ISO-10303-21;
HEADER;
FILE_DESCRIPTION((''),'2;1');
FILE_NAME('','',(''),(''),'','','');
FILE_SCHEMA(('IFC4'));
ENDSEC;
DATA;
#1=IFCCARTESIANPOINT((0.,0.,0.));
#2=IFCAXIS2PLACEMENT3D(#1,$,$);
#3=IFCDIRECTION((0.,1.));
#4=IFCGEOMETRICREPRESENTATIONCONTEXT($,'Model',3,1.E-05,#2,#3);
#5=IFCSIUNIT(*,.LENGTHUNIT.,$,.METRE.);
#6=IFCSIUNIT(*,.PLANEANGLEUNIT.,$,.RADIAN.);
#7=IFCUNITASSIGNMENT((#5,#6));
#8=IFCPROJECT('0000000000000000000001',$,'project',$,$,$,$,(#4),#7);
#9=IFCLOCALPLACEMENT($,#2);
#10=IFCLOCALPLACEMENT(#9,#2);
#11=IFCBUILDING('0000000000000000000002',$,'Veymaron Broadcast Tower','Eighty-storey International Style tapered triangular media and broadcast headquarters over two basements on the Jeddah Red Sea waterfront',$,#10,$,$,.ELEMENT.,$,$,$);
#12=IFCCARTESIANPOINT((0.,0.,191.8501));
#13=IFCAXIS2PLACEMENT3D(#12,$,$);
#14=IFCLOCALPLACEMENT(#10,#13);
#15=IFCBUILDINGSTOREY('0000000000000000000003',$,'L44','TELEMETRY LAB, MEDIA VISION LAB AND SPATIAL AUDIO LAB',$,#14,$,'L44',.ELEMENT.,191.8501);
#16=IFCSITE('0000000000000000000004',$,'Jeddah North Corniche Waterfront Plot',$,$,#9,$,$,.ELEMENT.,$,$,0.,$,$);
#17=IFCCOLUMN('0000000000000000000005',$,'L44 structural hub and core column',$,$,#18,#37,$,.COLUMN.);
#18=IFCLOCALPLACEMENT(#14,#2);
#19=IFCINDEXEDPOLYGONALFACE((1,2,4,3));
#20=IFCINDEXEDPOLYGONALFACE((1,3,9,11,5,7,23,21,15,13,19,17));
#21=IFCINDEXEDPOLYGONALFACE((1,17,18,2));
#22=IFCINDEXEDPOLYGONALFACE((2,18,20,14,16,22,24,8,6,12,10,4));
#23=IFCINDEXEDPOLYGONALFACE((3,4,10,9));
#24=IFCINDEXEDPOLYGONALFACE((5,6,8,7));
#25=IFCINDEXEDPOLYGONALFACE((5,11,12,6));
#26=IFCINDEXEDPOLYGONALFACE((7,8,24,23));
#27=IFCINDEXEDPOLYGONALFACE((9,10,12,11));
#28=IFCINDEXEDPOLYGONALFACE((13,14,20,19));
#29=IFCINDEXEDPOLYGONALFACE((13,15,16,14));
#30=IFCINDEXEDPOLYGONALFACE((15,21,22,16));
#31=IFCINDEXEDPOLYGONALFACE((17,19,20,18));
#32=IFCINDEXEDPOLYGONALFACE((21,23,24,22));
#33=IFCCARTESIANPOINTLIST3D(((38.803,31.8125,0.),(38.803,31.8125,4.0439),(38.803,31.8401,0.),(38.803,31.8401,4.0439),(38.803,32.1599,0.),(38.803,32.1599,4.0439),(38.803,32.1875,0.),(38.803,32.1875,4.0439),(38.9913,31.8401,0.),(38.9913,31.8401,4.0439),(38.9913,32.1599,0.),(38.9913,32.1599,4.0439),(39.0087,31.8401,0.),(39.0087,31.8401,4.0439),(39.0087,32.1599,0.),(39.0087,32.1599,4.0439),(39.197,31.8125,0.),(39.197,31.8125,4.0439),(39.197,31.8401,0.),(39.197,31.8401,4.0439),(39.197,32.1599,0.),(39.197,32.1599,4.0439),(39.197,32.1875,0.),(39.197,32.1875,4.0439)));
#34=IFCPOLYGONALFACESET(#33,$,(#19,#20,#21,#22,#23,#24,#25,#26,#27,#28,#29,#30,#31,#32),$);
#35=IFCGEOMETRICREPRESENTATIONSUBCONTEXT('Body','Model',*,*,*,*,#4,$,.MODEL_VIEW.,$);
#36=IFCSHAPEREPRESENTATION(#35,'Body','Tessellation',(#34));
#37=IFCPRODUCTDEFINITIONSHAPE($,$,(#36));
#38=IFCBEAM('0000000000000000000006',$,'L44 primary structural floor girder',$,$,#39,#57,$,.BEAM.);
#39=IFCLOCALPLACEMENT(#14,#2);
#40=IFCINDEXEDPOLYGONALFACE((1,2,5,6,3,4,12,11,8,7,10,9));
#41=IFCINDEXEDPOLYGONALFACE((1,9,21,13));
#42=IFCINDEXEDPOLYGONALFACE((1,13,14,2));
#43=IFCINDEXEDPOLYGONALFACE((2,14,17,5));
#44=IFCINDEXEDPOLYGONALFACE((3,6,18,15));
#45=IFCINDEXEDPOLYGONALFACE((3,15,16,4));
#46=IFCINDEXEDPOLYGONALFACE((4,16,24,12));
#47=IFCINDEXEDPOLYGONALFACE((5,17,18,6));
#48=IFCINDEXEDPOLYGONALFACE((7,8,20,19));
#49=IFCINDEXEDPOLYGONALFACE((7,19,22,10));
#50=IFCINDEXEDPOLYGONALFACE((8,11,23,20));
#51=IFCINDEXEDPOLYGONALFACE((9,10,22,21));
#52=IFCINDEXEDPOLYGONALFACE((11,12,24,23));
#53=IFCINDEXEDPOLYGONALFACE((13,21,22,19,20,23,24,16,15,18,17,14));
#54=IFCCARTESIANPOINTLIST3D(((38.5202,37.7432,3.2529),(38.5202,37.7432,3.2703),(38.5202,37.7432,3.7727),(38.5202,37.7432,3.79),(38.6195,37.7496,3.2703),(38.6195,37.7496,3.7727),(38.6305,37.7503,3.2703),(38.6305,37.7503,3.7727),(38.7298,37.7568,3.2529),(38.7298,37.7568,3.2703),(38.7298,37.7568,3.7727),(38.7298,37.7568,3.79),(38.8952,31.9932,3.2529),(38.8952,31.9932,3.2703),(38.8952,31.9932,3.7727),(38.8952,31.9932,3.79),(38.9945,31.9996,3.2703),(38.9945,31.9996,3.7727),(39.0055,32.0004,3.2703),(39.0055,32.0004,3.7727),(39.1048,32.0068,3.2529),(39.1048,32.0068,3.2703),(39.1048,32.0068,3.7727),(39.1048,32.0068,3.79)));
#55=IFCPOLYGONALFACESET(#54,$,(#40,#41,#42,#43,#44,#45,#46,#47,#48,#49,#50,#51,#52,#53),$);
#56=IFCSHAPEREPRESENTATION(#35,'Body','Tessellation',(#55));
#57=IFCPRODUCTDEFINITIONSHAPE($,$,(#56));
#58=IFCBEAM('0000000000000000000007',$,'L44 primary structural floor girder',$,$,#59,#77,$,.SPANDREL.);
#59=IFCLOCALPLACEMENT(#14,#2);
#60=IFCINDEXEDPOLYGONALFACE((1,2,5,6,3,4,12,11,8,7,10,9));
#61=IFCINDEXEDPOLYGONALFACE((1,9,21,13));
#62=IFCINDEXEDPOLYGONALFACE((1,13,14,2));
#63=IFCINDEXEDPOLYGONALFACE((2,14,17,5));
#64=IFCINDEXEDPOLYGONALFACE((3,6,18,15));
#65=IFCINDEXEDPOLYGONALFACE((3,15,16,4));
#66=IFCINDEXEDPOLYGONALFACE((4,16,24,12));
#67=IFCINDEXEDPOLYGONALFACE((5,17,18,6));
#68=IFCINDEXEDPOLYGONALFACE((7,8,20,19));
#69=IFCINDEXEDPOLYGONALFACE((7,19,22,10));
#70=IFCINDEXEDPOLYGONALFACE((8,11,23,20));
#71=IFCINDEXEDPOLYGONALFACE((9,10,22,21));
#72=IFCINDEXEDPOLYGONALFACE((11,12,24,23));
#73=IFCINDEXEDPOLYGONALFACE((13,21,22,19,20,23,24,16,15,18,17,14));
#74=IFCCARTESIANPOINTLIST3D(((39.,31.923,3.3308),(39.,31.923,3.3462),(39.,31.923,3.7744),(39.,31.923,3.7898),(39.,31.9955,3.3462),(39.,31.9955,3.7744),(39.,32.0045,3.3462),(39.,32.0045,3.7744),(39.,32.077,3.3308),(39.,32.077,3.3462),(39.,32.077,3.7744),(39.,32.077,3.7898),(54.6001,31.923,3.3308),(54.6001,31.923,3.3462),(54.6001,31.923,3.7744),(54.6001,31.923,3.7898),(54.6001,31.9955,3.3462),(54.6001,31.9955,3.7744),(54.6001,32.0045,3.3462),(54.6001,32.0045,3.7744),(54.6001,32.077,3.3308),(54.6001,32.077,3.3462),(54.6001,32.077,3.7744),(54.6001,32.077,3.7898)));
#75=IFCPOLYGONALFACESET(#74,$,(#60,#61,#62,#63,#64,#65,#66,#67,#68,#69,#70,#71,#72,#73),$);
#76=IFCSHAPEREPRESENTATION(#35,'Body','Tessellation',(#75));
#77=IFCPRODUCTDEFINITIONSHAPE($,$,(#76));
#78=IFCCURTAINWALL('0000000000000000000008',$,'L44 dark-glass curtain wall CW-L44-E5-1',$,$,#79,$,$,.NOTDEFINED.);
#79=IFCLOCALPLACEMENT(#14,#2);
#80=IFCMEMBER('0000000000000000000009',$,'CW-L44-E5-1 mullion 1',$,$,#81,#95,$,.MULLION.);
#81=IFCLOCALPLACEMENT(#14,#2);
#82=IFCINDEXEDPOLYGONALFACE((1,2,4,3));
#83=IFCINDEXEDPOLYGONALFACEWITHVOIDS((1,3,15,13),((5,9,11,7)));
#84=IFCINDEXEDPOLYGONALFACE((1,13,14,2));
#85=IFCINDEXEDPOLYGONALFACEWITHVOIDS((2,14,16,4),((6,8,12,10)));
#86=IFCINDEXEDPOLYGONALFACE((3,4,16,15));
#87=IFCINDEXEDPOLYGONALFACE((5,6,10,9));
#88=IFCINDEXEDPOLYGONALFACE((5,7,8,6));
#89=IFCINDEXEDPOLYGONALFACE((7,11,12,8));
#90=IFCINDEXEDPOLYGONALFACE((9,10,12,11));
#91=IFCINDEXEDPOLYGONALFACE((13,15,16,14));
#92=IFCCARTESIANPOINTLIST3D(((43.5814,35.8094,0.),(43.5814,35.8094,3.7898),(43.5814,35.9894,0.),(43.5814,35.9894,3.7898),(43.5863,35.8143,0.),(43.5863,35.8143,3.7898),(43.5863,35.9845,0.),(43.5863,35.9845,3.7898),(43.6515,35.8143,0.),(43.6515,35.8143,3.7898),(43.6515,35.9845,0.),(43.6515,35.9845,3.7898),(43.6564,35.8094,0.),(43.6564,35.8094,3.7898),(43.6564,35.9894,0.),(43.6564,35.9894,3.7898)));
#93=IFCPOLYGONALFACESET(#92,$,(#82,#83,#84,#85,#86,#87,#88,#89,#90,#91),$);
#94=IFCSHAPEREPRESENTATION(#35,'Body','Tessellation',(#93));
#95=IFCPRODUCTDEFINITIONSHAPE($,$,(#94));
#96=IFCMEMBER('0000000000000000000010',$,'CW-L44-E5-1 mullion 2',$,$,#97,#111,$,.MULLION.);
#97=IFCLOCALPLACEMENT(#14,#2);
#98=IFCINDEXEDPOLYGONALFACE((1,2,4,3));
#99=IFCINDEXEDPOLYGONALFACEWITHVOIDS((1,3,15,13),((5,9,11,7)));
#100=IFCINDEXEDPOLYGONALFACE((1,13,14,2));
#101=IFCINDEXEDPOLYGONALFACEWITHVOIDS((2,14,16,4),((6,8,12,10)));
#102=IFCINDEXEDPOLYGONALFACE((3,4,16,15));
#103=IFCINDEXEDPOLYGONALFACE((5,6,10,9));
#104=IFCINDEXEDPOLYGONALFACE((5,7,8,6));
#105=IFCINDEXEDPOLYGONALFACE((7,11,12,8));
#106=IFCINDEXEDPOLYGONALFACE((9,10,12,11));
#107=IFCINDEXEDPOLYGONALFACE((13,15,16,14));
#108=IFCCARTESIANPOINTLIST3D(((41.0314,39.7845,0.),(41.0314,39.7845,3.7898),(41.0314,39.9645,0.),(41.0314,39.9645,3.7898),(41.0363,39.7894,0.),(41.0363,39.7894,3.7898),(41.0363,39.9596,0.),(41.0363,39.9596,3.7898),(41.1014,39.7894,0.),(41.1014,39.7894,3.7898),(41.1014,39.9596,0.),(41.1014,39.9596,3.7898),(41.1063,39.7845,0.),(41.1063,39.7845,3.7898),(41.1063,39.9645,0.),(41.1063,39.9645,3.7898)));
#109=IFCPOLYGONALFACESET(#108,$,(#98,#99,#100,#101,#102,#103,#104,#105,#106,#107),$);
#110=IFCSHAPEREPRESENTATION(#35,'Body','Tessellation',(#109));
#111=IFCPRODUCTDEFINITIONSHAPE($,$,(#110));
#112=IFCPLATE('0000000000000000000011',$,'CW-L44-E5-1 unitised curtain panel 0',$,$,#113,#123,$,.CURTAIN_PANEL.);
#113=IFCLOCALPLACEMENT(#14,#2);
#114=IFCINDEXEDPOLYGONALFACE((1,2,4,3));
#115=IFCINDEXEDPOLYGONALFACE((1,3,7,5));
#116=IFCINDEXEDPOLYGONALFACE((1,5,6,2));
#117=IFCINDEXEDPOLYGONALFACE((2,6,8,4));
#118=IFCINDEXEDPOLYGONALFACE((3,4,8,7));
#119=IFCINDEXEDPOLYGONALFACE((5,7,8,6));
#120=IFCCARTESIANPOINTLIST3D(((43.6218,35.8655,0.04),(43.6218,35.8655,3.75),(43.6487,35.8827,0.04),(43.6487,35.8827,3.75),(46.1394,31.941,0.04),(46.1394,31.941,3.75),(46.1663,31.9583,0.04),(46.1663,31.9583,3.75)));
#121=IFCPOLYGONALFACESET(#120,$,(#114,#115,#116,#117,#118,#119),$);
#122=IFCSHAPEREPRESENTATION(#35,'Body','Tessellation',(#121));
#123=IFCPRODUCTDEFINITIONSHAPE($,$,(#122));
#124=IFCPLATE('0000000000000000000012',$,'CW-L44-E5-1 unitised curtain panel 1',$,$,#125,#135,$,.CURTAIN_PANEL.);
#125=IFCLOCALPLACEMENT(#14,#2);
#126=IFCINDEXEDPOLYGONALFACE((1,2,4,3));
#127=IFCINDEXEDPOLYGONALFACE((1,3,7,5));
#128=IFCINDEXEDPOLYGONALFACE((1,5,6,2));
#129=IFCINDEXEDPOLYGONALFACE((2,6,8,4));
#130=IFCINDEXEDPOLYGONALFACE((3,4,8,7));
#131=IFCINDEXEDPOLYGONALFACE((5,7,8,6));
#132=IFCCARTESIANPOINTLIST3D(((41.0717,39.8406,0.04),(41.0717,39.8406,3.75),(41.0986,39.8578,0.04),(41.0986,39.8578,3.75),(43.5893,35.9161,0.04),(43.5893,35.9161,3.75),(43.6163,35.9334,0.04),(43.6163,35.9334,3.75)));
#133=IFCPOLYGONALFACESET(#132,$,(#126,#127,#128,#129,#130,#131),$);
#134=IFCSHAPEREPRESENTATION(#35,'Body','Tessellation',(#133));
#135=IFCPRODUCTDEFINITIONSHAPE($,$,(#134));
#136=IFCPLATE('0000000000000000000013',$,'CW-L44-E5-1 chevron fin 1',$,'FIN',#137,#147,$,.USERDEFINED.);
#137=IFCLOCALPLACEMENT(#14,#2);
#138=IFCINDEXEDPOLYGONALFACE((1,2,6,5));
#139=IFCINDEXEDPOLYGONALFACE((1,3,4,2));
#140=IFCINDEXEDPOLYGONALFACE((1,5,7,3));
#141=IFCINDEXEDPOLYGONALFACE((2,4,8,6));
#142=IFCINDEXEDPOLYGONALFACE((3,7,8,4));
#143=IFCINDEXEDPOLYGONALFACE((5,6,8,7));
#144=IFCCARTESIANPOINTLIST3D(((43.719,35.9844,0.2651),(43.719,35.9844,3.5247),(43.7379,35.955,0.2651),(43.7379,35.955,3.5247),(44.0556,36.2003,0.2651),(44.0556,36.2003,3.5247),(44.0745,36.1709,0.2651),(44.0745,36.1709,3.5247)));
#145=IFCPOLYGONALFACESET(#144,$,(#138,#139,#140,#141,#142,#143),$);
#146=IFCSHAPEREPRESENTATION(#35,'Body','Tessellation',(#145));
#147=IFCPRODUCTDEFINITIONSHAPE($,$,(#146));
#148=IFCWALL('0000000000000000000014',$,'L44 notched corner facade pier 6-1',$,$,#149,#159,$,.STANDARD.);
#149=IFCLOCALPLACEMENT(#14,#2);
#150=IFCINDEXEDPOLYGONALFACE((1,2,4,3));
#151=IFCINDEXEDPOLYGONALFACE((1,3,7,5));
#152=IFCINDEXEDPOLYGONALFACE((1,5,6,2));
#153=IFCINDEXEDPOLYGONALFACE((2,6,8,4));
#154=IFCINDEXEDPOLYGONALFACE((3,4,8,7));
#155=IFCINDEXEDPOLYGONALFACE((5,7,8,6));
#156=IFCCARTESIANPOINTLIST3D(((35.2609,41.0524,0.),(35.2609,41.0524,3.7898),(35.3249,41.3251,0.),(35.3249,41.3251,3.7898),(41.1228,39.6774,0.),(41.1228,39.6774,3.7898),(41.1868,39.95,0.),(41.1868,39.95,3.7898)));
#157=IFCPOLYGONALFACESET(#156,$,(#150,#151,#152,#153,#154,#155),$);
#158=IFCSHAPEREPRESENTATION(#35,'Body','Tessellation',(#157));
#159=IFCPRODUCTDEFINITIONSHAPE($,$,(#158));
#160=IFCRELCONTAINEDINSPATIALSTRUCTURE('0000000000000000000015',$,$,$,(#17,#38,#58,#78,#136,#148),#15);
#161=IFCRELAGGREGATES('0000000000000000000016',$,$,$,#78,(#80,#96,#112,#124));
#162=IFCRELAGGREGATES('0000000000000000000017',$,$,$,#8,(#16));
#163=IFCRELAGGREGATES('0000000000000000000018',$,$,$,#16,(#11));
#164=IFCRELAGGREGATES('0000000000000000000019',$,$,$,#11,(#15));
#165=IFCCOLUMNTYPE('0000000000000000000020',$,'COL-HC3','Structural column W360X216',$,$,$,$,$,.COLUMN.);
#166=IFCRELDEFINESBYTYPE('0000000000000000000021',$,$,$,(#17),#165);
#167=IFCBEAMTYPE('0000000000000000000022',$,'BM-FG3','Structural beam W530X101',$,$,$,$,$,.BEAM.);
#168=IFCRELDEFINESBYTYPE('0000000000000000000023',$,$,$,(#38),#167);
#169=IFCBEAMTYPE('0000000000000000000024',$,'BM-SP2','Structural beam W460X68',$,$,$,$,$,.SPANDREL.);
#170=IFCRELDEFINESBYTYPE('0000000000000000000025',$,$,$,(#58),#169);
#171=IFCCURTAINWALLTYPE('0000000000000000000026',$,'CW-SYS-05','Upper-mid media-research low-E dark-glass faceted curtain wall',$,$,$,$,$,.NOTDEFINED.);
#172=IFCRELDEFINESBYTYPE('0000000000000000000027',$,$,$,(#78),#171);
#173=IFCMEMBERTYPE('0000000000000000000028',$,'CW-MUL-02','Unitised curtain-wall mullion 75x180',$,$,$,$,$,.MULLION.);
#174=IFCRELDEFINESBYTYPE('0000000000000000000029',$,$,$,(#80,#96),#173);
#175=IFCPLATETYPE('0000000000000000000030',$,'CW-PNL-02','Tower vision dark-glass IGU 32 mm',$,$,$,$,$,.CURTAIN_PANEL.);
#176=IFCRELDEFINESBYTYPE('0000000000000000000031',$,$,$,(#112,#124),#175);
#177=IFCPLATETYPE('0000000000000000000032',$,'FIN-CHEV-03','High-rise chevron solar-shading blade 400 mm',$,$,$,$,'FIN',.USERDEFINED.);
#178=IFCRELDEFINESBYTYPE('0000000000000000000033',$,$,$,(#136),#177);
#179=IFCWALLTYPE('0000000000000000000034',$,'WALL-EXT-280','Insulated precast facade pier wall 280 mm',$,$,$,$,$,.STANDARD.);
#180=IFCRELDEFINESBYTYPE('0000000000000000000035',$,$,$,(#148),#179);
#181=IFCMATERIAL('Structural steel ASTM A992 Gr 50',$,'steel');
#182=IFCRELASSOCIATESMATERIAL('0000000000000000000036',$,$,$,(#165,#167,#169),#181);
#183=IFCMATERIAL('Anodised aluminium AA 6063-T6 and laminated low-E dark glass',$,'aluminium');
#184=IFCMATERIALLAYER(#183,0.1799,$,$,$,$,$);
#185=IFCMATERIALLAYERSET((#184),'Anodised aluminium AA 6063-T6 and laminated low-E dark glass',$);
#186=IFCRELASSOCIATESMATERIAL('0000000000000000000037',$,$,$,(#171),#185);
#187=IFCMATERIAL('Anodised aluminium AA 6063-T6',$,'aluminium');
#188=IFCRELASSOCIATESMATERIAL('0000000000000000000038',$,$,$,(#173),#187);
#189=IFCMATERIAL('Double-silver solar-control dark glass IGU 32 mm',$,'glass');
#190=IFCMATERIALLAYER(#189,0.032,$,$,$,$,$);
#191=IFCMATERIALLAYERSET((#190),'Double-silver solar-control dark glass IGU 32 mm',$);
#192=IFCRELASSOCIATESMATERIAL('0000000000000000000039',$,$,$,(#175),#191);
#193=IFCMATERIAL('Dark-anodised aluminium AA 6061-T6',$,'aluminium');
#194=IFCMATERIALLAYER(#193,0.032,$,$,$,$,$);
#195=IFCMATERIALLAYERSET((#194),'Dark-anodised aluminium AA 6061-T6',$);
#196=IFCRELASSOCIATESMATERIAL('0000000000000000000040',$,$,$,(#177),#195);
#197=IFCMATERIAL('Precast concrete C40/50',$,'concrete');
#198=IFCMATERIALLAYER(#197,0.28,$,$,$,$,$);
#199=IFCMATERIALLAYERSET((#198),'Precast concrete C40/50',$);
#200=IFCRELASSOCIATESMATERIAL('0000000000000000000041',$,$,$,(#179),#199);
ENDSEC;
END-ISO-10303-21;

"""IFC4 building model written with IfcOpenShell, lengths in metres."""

from ifc_helpers import new_model, si_unit, direction, frame, frame_2d, origin, origin_2d, place, context, subcontext, project, spatial, rectangle, hollow_rectangle, i_section, extrude, material, layer, layer_set, material_profile, profile_set, type_object, element, aggregate, save


model = new_model("IFC4")

# Units and contexts
model_context = context("Model", 3, precision=1e-05, world=origin(), true_north=direction((0.0, 1.0)))
body_context = subcontext(model_context, "Body", "Model", "MODEL_VIEW")
ifc_project = project(units=[si_unit("LENGTHUNIT", "METRE"), si_unit("PLANEANGLEUNIT", "RADIAN")], contexts=[model_context])

# Site, building, storey
site_placement = place(None, origin())
site = spatial("IfcSite", under=ifc_project, at=site_placement, Name="Jeddah North Corniche Waterfront Plot", CompositionType="ELEMENT", RefElevation=0.0)
building_placement = place(site_placement, origin())
building = spatial("IfcBuilding", under=site, at=building_placement, Name="Veymaron Broadcast Tower", Description="Eighty-storey International Style tapered triangular media and broadcast headquarters over two basements on the Jeddah Red Sea waterfront", CompositionType="ELEMENT")
storey_placement = place(building_placement, frame((0.0, 0.0, 191.8501)))
storey = spatial("IfcBuildingStorey", under=building, at=storey_placement, Name="L44", Description="TELEMETRY LAB, MEDIA VISION LAB AND SPATIAL AUDIO LAB", LongName="L44", CompositionType="ELEMENT", Elevation=191.8501)

# Column
ifc_material_1 = material(Name="Structural steel ASTM A992 Gr 50", Category="steel")
ifc_material_profile_1 = material_profile(ifc_material_1, i_section(OverallWidth=0.394, OverallDepth=0.375, WebThickness=0.0173, FlangeThickness=0.0276, at=origin_2d()), Name="W360X216")
ifc_profile_set_1 = profile_set([ifc_material_profile_1], Name="Structural steel ASTM A992 Gr 50")
column_type = type_object("IfcColumnType", Name="COL-HC3", Description="Structural column W360X216", PredefinedType="COLUMN", material=ifc_profile_set_1)
column_placement = place(storey_placement, frame((39.0, 32.0, 0.0), z_axis=(0.0, 0.0, 1.0), x_axis=(1.0, 0.0, 0.0)))
element("IfcColumn", 1, at=column_placement, inside=storey, type_object=column_type, Name="L44 structural hub and core column", PredefinedType="COLUMN", context=body_context, shape_type="SweptSolid", body=[
    extrude(i_section(OverallWidth=0.394, OverallDepth=0.375, WebThickness=0.0173, FlangeThickness=0.0276, at=origin_2d()), origin(), (0.0, 0.0, 1.0), 4.0439),
])

# Beams
ifc_material_profile_2 = material_profile(ifc_material_1, i_section(OverallWidth=0.21, OverallDepth=0.5371, WebThickness=0.011, FlangeThickness=0.0173, at=origin_2d()), Name="W530X101")
ifc_profile_set_2 = profile_set([ifc_material_profile_2], Name="Structural steel ASTM A992 Gr 50")
beam_type_1 = type_object("IfcBeamType", Name="BM-FG3", Description="Structural beam W530X101", PredefinedType="BEAM", material=ifc_profile_set_2)
beam_1_placement = place(storey_placement, frame((39.0, 32.0, 3.5215), z_axis=(-0.065079, 0.99788, 0.0), x_axis=(-0.99788, -0.065079, 0.0)))
element("IfcBeam", 2, at=beam_1_placement, inside=storey, type_object=beam_type_1, Name="L44 primary structural floor girder", PredefinedType="BEAM", context=body_context, shape_type="SweptSolid", body=[
    extrude(i_section(OverallWidth=0.21, OverallDepth=0.5371, WebThickness=0.011, FlangeThickness=0.0173, at=origin_2d()), origin(), (0.0, 0.0, 1.0), 5.7622),
])
ifc_material_profile_3 = material_profile(ifc_material_1, i_section(OverallWidth=0.1541, OverallDepth=0.459, WebThickness=0.009, FlangeThickness=0.0154, at=origin_2d()), Name="W460X68")
ifc_profile_set_3 = profile_set([ifc_material_profile_3], Name="Structural steel ASTM A992 Gr 50")
beam_type_2 = type_object("IfcBeamType", Name="BM-SP2", Description="Structural beam W460X68", PredefinedType="SPANDREL", material=ifc_profile_set_3)
beam_2_placement = place(storey_placement, frame((39.0, 32.0, 3.5603), z_axis=(1.0, 0.0, 0.0), x_axis=(0.0, 1.0, 0.0)))
element("IfcBeam", 3, at=beam_2_placement, inside=storey, type_object=beam_type_2, Name="L44 primary structural floor girder", PredefinedType="SPANDREL", context=body_context, shape_type="SweptSolid", body=[
    extrude(i_section(OverallWidth=0.1541, OverallDepth=0.459, WebThickness=0.009, FlangeThickness=0.0154, at=origin_2d()), origin(), (0.0, 0.0, 1.0), 15.6001),
])

# Curtain wall, members, plates
ifc_material_2 = material(Name="Anodised aluminium AA 6063-T6 and laminated low-E dark glass", Category="aluminium")
ifc_layer_1 = layer(ifc_material_2, 0.1799)
ifc_layer_set_1 = layer_set([ifc_layer_1], Name="Anodised aluminium AA 6063-T6 and laminated low-E dark glass")
curtain_wall_type = type_object("IfcCurtainWallType", Name="CW-SYS-05", Description="Upper-mid media-research low-E dark-glass faceted curtain wall", PredefinedType="NOTDEFINED", material=ifc_layer_set_1)
curtain_wall_placement = place(storey_placement, origin())
curtain_wall = element("IfcCurtainWall", 4, at=curtain_wall_placement, inside=storey, type_object=curtain_wall_type, Name="L44 dark-glass curtain wall CW-L44-E5-1", PredefinedType="NOTDEFINED")
ifc_material_3 = material(Name="Anodised aluminium AA 6063-T6", Category="aluminium")
ifc_material_profile_4 = material_profile(ifc_material_3, hollow_rectangle(XDim=0.075, YDim=0.1799, WallThickness=0.0049, at=origin_2d()), Name="AL180X75X5")
ifc_profile_set_4 = profile_set([ifc_material_profile_4], Name="Anodised aluminium AA 6063-T6")
member_type = type_object("IfcMemberType", Name="CW-MUL-02", Description="Unitised curtain-wall mullion 75x180", PredefinedType="MULLION", material=ifc_profile_set_4)
member_1_placement = place(storey_placement, frame((43.6189, 35.8994, 0.0), z_axis=(0.0, 0.0, 1.0), x_axis=(1.0, 0.0, 0.0)))
member_1 = element("IfcMember", 5, at=member_1_placement, type_object=member_type, Name="CW-L44-E5-1 mullion 1", PredefinedType="MULLION", context=body_context, shape_type="SweptSolid", body=[
    extrude(hollow_rectangle(XDim=0.075, YDim=0.1799, WallThickness=0.0049, at=origin_2d()), origin(), (0.0, 0.0, 1.0), 3.7898),
])
member_2_placement = place(storey_placement, frame((41.0688, 39.8745, 0.0), z_axis=(0.0, 0.0, 1.0), x_axis=(1.0, 0.0, 0.0)))
member_2 = element("IfcMember", 6, at=member_2_placement, type_object=member_type, Name="CW-L44-E5-1 mullion 2", PredefinedType="MULLION", context=body_context, shape_type="SweptSolid", body=[
    extrude(hollow_rectangle(XDim=0.075, YDim=0.1799, WallThickness=0.0049, at=origin_2d()), origin(), (0.0, 0.0, 1.0), 3.7898),
])
ifc_material_4 = material(Name="Double-silver solar-control dark glass IGU 32 mm", Category="glass")
ifc_layer_2 = layer(ifc_material_4, 0.032)
ifc_layer_set_2 = layer_set([ifc_layer_2], Name="Double-silver solar-control dark glass IGU 32 mm")
plate_type_1 = type_object("IfcPlateType", Name="CW-PNL-02", Description="Tower vision dark-glass IGU 32 mm", PredefinedType="CURTAIN_PANEL", material=ifc_layer_set_2)
plate_1_placement = place(storey_placement, frame((44.894, 33.9119, 0.04), z_axis=(0.0, 0.0, 1.0), x_axis=(-0.539961, 0.84169, 0.0)))
plate_1 = element("IfcPlate", 7, at=plate_1_placement, type_object=plate_type_1, Name="CW-L44-E5-1 unitised curtain panel 0", PredefinedType="CURTAIN_PANEL", context=body_context, shape_type="SweptSolid", body=[
    extrude(rectangle(XDim=4.6626, YDim=0.032, at=origin_2d()), origin(), (0.0, 0.0, 1.0), 3.71),
])
plate_2_placement = place(storey_placement, frame((42.344, 37.887, 0.04), z_axis=(0.0, 0.0, 1.0), x_axis=(-0.539961, 0.84169, 0.0)))
plate_2 = element("IfcPlate", 8, at=plate_2_placement, type_object=plate_type_1, Name="CW-L44-E5-1 unitised curtain panel 1", PredefinedType="CURTAIN_PANEL", context=body_context, shape_type="SweptSolid", body=[
    extrude(rectangle(XDim=4.6626, YDim=0.032, at=origin_2d()), origin(), (0.0, 0.0, 1.0), 3.71),
])
aggregate(curtain_wall, [member_1, member_2, plate_1, plate_2])

# Plate
ifc_material_5 = material(Name="Dark-anodised aluminium AA 6061-T6", Category="aluminium")
ifc_layer_3 = layer(ifc_material_5, 0.032)
ifc_layer_set_3 = layer_set([ifc_layer_3], Name="Dark-anodised aluminium AA 6061-T6")
plate_type_2 = type_object("IfcPlateType", Name="FIN-CHEV-03", Description="High-rise chevron solar-shading blade 400 mm", ElementType="FIN", PredefinedType="USERDEFINED", material=ifc_layer_set_3)
plate_3_placement = place(storey_placement, frame((43.8967, 36.0776, 0.2651), z_axis=(0.0, 0.0, 1.0), x_axis=(0.84169, 0.539961, 0.0)))
element("IfcPlate", 9, at=plate_3_placement, inside=storey, type_object=plate_type_2, Name="CW-L44-E5-1 chevron fin 1", ObjectType="FIN", PredefinedType="USERDEFINED", context=body_context, shape_type="SweptSolid", body=[
    extrude(rectangle(XDim=0.3999, YDim=0.0349, at=origin_2d()), origin(), (0.0, 0.0, 1.0), 3.2595),
])

# Wall
ifc_material_6 = material(Name="Precast concrete C40/50", Category="concrete")
ifc_layer_4 = layer(ifc_material_6, 0.28)
ifc_layer_set_4 = layer_set([ifc_layer_4], Name="Precast concrete C40/50")
wall_type_1 = type_object("IfcWallType", Name="WALL-EXT-280", Description="Insulated precast facade pier wall 280 mm", PredefinedType="STANDARD", material=ifc_layer_set_4)
wall_1_placement = place(storey_placement, frame((41.1548, 39.8137, 0.0), z_axis=(0.0, 0.0, 1.0), x_axis=(-0.973574, 0.22837, 0.0)))
element("IfcWall", 10, at=wall_1_placement, inside=storey, type_object=wall_type_1, Name="L44 notched corner facade pier 6-1", PredefinedType="STANDARD", context=body_context, shape_type="SweptSolid", body=[
    extrude(rectangle(XDim=6.021, YDim=0.28, at=frame_2d((3.0105, 0.0))), origin(), (0.0, 0.0, 1.0), 3.7898),
])

save(model, "model.ifc")
